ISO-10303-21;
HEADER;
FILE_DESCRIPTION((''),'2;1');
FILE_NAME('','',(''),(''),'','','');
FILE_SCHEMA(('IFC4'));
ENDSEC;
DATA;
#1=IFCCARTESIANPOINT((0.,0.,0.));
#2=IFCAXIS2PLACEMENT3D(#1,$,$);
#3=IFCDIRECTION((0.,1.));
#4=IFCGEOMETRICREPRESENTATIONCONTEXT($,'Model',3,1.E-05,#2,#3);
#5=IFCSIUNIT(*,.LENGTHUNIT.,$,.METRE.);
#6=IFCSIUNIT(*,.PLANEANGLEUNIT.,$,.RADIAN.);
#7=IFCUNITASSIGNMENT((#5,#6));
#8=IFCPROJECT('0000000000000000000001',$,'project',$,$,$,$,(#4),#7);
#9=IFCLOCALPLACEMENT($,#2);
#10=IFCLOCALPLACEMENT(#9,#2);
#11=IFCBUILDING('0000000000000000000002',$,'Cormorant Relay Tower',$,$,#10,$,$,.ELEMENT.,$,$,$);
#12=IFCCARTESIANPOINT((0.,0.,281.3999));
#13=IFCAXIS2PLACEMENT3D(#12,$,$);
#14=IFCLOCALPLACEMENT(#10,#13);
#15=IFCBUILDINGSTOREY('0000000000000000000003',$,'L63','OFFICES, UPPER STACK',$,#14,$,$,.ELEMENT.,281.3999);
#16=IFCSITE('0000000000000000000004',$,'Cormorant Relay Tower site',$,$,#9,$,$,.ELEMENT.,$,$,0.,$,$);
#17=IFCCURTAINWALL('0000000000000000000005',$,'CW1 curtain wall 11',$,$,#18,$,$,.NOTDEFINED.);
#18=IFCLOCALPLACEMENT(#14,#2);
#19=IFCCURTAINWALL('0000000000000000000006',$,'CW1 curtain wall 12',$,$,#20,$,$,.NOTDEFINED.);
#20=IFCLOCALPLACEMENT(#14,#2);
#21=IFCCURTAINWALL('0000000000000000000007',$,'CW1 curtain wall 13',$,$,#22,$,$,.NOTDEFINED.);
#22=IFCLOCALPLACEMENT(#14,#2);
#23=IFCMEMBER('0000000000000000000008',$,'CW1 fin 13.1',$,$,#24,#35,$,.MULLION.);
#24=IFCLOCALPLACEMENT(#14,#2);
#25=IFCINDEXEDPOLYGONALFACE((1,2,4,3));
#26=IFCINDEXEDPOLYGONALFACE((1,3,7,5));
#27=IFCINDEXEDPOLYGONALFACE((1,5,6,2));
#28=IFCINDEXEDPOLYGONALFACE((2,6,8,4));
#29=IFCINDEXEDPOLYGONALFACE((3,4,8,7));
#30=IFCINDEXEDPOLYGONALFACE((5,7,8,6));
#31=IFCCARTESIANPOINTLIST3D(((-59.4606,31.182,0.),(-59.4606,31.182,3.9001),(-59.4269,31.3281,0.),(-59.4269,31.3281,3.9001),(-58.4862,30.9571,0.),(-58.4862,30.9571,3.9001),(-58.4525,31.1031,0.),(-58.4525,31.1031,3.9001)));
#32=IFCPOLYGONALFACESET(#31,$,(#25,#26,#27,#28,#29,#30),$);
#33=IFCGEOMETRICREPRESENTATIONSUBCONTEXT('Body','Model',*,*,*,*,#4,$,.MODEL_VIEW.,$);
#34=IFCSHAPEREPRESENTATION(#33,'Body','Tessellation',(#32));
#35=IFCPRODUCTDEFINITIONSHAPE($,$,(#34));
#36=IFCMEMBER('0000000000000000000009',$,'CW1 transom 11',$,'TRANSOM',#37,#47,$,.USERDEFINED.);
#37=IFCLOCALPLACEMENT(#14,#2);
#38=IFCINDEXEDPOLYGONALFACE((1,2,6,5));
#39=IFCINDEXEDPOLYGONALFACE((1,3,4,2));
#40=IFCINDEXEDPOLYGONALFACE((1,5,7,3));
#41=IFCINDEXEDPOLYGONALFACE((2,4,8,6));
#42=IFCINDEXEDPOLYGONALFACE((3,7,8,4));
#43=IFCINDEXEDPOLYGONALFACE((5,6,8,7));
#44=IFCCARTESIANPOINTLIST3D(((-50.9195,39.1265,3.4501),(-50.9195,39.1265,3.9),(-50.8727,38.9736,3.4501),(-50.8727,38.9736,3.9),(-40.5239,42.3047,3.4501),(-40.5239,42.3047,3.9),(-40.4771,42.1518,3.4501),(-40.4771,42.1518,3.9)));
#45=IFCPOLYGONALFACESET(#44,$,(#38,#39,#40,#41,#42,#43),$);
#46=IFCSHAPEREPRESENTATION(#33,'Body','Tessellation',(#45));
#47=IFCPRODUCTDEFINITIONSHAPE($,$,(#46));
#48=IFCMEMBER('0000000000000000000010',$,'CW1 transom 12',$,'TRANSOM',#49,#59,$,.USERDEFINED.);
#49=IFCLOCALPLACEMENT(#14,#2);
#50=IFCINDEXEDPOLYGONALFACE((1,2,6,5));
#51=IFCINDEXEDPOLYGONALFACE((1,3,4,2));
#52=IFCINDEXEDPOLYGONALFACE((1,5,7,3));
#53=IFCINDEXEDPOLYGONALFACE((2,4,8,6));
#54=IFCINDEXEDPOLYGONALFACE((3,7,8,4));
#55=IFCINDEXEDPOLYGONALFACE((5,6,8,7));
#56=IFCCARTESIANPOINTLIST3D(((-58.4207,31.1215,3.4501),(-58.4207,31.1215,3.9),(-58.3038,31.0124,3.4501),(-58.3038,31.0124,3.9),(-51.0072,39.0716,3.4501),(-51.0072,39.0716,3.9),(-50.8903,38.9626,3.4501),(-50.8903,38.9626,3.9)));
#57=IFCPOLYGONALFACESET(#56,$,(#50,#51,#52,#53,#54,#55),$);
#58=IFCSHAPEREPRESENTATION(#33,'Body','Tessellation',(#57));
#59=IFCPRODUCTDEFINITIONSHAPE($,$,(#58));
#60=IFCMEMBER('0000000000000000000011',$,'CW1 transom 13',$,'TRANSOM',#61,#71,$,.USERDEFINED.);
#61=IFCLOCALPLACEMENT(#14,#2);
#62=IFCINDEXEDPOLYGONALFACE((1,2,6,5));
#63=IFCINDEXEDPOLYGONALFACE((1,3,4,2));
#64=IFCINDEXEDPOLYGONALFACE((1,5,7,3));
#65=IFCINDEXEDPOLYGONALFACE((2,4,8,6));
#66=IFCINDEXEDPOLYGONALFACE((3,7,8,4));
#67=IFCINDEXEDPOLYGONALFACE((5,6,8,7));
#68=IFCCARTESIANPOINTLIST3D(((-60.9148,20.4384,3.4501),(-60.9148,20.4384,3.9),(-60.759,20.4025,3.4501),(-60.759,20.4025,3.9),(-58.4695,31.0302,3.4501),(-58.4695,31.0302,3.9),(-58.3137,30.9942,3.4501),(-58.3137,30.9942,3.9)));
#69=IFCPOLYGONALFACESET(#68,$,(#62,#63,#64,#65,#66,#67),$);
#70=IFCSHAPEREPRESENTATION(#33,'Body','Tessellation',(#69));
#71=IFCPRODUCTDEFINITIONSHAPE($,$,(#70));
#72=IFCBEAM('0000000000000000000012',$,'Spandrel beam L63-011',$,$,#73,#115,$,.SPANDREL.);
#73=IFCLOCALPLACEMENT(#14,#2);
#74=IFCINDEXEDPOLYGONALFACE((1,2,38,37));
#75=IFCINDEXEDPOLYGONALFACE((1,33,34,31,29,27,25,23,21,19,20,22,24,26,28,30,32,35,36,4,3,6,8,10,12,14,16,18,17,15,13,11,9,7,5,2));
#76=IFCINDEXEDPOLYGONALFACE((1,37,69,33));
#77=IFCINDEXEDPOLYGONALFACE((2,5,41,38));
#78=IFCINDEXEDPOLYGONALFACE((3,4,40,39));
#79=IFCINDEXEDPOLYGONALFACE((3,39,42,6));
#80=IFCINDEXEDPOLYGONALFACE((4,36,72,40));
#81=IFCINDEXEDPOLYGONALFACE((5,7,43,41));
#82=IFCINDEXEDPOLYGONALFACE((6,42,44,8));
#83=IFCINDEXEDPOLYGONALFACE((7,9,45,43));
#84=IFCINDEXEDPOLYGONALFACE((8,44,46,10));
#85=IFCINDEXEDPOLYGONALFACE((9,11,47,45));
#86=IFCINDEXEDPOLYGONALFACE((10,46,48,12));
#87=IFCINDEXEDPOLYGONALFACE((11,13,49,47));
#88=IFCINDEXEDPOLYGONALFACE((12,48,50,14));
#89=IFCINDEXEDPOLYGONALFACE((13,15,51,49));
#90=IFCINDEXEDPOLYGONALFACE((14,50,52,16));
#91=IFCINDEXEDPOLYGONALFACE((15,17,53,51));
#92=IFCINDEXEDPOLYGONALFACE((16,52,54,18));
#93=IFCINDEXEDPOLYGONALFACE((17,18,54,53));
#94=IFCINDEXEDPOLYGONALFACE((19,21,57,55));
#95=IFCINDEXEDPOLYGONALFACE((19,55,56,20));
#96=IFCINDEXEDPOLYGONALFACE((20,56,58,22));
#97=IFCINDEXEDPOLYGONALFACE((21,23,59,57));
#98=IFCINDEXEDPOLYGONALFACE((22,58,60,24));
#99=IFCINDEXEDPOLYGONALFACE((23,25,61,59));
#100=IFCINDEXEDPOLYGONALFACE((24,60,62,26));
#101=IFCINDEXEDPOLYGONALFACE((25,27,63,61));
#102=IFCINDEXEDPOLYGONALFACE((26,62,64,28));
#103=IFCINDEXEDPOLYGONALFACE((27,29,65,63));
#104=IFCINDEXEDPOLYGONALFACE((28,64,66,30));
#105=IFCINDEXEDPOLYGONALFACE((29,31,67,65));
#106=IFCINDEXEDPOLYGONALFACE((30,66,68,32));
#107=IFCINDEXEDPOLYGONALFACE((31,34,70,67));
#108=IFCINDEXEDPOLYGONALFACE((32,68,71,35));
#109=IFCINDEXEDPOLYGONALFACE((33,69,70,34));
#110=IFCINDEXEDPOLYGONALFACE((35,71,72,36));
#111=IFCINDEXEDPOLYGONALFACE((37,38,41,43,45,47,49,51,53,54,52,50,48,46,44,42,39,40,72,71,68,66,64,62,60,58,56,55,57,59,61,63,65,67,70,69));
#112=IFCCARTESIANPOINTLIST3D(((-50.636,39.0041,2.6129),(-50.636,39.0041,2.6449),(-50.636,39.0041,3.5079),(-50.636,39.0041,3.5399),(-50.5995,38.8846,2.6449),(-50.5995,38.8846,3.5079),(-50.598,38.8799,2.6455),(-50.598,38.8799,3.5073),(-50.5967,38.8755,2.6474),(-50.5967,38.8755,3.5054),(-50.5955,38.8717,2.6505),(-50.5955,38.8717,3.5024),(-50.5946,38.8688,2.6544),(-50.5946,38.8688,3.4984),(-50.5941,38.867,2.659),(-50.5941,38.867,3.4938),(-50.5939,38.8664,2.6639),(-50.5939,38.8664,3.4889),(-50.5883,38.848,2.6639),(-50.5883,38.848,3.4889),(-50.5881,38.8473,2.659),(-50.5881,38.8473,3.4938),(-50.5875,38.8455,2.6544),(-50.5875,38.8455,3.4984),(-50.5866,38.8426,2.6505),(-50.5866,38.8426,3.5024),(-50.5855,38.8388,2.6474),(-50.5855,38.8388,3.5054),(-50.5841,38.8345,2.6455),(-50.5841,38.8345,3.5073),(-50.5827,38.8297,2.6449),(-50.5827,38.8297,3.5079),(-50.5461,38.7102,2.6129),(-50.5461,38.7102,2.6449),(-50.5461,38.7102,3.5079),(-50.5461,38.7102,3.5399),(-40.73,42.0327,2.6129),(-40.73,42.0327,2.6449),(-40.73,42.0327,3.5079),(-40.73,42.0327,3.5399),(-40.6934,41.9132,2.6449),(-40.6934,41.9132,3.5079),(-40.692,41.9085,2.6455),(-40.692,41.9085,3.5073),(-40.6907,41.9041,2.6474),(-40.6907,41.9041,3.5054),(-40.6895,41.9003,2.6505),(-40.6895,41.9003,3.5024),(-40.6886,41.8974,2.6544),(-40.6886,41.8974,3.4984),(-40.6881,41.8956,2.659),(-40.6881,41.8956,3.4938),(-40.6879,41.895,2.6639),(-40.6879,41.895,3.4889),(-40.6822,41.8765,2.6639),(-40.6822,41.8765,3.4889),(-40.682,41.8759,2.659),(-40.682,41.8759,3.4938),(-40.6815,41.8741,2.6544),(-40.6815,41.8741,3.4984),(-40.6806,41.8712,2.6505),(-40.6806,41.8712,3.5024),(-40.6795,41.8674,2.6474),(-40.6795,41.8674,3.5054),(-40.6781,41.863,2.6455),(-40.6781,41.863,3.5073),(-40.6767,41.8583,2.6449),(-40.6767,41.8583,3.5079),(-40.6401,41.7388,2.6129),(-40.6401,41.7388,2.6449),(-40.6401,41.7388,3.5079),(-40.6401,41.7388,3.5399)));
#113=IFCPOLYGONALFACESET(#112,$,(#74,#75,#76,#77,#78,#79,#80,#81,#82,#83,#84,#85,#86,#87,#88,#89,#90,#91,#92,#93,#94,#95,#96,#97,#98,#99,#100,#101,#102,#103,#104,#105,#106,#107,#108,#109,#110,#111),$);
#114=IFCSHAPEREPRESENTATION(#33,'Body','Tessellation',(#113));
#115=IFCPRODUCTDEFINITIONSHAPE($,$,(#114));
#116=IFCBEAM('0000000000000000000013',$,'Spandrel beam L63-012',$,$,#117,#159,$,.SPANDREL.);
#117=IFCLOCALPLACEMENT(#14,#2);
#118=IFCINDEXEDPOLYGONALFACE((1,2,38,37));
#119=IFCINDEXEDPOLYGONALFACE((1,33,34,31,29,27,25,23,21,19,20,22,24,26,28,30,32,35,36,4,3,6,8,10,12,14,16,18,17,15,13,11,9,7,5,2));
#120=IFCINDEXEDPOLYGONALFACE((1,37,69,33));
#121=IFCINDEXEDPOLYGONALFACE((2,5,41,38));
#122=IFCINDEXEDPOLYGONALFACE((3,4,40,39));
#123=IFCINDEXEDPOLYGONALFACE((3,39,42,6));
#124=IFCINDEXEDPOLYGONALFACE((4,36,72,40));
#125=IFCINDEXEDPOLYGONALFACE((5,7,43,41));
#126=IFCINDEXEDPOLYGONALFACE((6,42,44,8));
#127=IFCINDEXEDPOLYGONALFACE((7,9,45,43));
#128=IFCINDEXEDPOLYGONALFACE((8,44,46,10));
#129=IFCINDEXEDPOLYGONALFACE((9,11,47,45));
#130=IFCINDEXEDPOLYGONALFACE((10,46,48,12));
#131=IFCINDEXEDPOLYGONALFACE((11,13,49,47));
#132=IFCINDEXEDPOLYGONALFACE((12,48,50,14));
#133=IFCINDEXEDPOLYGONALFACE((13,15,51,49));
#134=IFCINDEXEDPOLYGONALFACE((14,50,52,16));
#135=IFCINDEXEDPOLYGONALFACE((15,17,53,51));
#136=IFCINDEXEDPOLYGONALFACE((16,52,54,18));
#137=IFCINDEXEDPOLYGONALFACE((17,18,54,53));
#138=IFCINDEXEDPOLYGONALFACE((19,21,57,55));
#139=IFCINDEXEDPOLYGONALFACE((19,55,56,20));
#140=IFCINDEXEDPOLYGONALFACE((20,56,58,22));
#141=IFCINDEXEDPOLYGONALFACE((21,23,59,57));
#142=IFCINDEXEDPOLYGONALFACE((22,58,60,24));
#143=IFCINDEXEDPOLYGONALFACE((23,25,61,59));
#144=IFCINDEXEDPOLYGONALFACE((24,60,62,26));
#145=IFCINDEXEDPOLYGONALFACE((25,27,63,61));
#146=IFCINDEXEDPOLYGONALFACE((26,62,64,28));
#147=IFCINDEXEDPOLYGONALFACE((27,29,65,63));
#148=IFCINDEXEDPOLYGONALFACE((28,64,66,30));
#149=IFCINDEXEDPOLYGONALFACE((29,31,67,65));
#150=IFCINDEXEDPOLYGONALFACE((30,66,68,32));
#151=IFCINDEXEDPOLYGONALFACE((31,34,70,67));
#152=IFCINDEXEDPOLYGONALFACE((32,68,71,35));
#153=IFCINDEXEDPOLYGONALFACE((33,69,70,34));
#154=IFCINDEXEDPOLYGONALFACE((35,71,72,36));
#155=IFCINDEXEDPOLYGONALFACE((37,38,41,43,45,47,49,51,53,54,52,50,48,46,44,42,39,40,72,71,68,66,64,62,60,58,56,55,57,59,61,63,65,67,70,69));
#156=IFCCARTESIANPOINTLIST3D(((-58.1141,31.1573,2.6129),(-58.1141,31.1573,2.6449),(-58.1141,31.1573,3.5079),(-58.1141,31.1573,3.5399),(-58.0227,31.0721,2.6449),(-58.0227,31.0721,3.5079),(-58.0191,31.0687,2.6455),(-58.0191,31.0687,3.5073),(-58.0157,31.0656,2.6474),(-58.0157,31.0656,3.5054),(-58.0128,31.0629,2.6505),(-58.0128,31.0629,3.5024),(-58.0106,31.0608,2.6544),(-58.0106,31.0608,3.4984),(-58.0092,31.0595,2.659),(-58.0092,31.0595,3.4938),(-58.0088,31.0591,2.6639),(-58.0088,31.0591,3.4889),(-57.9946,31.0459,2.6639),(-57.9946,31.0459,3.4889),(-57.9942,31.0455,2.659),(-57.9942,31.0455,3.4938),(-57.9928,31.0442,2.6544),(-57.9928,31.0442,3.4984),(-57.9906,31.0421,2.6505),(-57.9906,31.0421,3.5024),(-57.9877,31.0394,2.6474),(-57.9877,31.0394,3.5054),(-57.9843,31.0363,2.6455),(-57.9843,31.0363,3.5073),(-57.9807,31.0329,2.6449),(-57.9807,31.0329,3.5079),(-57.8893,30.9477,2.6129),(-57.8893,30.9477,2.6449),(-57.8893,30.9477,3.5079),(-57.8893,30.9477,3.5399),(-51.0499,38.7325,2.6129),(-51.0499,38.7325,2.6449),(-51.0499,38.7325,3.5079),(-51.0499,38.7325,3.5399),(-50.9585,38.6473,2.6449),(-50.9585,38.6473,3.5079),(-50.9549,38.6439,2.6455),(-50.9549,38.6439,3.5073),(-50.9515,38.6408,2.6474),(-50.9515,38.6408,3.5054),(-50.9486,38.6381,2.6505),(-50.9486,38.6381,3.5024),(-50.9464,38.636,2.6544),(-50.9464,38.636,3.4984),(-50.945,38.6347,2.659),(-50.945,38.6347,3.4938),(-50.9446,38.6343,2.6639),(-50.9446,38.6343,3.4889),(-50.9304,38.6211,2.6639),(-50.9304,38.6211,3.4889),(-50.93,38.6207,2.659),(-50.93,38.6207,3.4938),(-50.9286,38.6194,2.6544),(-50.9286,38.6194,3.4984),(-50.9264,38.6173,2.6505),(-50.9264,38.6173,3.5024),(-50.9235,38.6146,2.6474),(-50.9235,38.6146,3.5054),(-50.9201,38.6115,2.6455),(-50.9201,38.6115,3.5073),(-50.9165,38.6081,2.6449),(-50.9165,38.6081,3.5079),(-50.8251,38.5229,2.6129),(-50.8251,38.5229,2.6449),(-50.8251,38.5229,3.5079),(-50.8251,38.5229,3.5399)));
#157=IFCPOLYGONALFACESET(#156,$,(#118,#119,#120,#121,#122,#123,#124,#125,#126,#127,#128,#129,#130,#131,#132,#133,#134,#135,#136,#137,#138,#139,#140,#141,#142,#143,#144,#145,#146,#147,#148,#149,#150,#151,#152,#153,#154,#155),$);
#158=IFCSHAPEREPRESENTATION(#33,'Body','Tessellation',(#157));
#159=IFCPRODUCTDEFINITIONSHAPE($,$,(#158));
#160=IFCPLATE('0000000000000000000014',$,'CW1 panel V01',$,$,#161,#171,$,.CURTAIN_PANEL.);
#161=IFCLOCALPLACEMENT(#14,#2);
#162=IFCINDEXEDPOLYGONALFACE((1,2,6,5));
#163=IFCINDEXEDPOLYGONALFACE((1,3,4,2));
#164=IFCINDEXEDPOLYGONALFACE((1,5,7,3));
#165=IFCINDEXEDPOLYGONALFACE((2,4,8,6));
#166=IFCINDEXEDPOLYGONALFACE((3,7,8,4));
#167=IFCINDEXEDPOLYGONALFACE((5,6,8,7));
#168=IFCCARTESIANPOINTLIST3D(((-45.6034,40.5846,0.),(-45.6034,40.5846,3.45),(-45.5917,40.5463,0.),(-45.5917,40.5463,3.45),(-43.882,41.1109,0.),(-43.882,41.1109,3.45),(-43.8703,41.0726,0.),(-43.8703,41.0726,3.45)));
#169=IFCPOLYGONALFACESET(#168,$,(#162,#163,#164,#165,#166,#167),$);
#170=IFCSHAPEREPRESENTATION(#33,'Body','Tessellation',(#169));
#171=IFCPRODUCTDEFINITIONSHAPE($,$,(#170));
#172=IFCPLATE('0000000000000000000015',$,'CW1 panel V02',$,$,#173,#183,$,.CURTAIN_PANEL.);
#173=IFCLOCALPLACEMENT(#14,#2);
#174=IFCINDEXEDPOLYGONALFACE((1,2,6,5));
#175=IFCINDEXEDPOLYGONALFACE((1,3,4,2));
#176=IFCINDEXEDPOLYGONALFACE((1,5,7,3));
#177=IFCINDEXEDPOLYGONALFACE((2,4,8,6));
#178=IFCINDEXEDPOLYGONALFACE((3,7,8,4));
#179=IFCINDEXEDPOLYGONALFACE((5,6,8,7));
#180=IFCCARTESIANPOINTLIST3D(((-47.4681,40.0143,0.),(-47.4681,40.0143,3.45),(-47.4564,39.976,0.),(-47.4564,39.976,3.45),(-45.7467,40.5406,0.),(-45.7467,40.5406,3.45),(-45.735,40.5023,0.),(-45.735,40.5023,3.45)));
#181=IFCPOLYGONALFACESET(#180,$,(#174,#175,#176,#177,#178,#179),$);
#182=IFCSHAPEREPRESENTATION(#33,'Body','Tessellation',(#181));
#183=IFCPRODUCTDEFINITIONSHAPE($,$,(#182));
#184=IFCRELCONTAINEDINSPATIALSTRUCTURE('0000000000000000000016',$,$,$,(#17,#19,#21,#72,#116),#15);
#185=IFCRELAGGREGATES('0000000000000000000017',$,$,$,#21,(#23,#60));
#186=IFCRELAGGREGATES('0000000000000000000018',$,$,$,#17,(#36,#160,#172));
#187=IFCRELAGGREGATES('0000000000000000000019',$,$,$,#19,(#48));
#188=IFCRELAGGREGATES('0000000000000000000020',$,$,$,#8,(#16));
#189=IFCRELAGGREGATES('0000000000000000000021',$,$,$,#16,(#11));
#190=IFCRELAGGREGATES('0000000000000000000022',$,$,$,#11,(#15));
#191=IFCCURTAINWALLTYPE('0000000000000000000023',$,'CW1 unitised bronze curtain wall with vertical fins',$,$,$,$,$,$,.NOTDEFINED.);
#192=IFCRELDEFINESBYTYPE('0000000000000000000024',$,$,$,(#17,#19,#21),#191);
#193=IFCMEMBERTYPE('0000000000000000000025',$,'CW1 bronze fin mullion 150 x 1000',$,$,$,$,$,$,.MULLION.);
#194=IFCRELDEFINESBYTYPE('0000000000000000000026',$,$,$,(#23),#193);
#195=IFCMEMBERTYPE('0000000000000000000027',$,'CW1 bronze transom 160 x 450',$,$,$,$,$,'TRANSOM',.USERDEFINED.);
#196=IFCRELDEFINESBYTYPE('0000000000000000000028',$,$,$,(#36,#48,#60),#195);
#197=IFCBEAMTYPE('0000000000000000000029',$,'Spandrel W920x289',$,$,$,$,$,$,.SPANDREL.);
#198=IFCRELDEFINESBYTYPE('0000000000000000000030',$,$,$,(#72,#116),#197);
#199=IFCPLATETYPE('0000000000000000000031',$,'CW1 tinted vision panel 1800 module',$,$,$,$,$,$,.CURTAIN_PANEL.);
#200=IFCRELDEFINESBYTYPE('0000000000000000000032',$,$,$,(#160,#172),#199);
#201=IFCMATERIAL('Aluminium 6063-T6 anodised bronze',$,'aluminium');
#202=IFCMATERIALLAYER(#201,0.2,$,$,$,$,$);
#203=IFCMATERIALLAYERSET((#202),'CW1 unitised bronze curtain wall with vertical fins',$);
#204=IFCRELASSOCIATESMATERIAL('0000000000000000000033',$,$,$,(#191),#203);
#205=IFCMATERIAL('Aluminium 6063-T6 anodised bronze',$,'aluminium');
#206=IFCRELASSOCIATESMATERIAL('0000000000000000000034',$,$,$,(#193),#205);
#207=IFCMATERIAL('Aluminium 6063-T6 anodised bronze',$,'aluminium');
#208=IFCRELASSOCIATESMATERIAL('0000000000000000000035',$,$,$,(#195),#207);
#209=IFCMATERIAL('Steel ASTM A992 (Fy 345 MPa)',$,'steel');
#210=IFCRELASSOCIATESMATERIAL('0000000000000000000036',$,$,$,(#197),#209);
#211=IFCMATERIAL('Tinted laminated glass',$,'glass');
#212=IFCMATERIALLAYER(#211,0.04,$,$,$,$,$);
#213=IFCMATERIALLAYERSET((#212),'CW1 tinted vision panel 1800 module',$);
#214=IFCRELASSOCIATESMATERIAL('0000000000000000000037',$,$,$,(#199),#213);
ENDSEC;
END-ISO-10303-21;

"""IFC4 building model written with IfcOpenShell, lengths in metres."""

from ifc_helpers import new_model, si_unit, direction, frame, origin, origin_2d, place, context, subcontext, project, spatial, rectangle, i_section, extrude, material, layer, layer_set, material_profile, profile_set, type_object, element, aggregate, save


model = new_model("IFC4")

# Units and contexts
model_context = context("Model", 3, precision=1e-05, world=origin(), true_north=direction((0.0, 1.0)))
body_context = subcontext(model_context, "Body", "Model", "MODEL_VIEW")
ifc_project = project(units=[si_unit("LENGTHUNIT", "METRE"), si_unit("PLANEANGLEUNIT", "RADIAN")], contexts=[model_context])

# Site, building, storey
site_placement = place(None, origin())
site = spatial("IfcSite", under=ifc_project, at=site_placement, Name="Cormorant Relay Tower site", CompositionType="ELEMENT", RefElevation=0.0)
building_placement = place(site_placement, origin())
building = spatial("IfcBuilding", under=site, at=building_placement, Name="Cormorant Relay Tower", CompositionType="ELEMENT")
storey_placement = place(building_placement, frame((0.0, 0.0, 281.3999)))
storey = spatial("IfcBuildingStorey", under=building, at=storey_placement, Name="L63", Description="OFFICES, UPPER STACK", CompositionType="ELEMENT", Elevation=281.3999)

# Curtain walls
ifc_material_1 = material(Name="Aluminium 6063-T6 anodised bronze", Category="aluminium")
ifc_layer_1 = layer(ifc_material_1, 0.2)
ifc_layer_set_1 = layer_set([ifc_layer_1], Name="CW1 unitised bronze curtain wall with vertical fins")
curtain_wall_type = type_object("IfcCurtainWallType", Name="CW1 unitised bronze curtain wall with vertical fins", PredefinedType="NOTDEFINED", material=ifc_layer_set_1)
curtain_wall_1_placement = place(storey_placement, origin())
curtain_wall_1 = element("IfcCurtainWall", 1, at=curtain_wall_1_placement, inside=storey, type_object=curtain_wall_type, Name="CW1 curtain wall 11", PredefinedType="NOTDEFINED")
ifc_material_2 = material(Name="Aluminium 6063-T6 anodised bronze", Category="aluminium")
ifc_material_profile_1 = material_profile(ifc_material_2, rectangle(XDim=0.1499, YDim=1.0, at=origin_2d()), Name="AL 150x1000")
ifc_profile_set_1 = profile_set([ifc_material_profile_1], Name="Aluminium 6063-T6 anodised bronze")
member_type_1 = type_object("IfcMemberType", Name="CW1 bronze fin mullion 150 x 1000", PredefinedType="MULLION", material=ifc_profile_set_1)
curtain_wall_2_placement = place(storey_placement, origin())
curtain_wall_2 = element("IfcCurtainWall", 2, at=curtain_wall_2_placement, inside=storey, type_object=curtain_wall_type, Name="CW1 curtain wall 12", PredefinedType="NOTDEFINED")

# Curtain wall, member
curtain_wall_3_placement = place(storey_placement, origin())
curtain_wall_3 = element("IfcCurtainWall", 3, at=curtain_wall_3_placement, inside=storey, type_object=curtain_wall_type, Name="CW1 curtain wall 13", PredefinedType="NOTDEFINED")
member_1_placement = place(storey_placement, frame((-58.9565, 31.1426, 0.0), z_axis=(0.0, 0.0, 1.0), x_axis=(-0.224951, -0.97437, 0.0)))
member_1 = element("IfcMember", 4, at=member_1_placement, type_object=member_type_1, Name="CW1 fin 13.1", PredefinedType="MULLION", context=body_context, shape_type="SweptSolid", body=[
    extrude(rectangle(XDim=0.1499, YDim=1.0, at=origin_2d()), origin(), (0.0, 0.0, 1.0), 3.9001),
])

# Members
ifc_material_3 = material(Name="Aluminium 6063-T6 anodised bronze", Category="aluminium")
ifc_material_profile_2 = material_profile(ifc_material_3, rectangle(XDim=0.1599, YDim=0.45, at=origin_2d()), Name="AL 160x450")
ifc_profile_set_2 = profile_set([ifc_material_profile_2], Name="Aluminium 6063-T6 anodised bronze")
member_type_2 = type_object("IfcMemberType", Name="CW1 bronze transom 160 x 450", ElementType="TRANSOM", PredefinedType="USERDEFINED", material=ifc_profile_set_2)
member_2_placement = place(storey_placement, frame((-40.5005, 42.2283, 3.675), z_axis=(-0.956305, -0.292371, 0.0), x_axis=(0.292371, -0.956305, 0.0)))
member_2 = element("IfcMember", 5, at=member_2_placement, type_object=member_type_2, Name="CW1 transom 11", ObjectType="TRANSOM", PredefinedType="USERDEFINED", context=body_context, shape_type="SweptSolid", body=[
    extrude(rectangle(XDim=0.1599, YDim=0.45, at=origin_2d()), origin(), (0.0, 0.0, 1.0), 10.8706),
])
member_3_placement = place(storey_placement, frame((-50.9487, 39.0171, 3.675), z_axis=(-0.681993, -0.731358, 0.0), x_axis=(0.731358, -0.681993, 0.0)))
member_3 = element("IfcMember", 6, at=member_3_placement, type_object=member_type_2, Name="CW1 transom 12", ObjectType="TRANSOM", PredefinedType="USERDEFINED", context=body_context, shape_type="SweptSolid", body=[
    extrude(rectangle(XDim=0.1599, YDim=0.45, at=origin_2d()), origin(), (0.0, 0.0, 1.0), 10.8704),
])
member_4_placement = place(storey_placement, frame((-58.3916, 31.0122, 3.675), z_axis=(-0.224951, -0.97437, 0.0), x_axis=(0.97437, -0.224951, 0.0)))
member_4 = element("IfcMember", 7, at=member_4_placement, type_object=member_type_2, Name="CW1 transom 13", ObjectType="TRANSOM", PredefinedType="USERDEFINED", context=body_context, shape_type="SweptSolid", body=[
    extrude(rectangle(XDim=0.1599, YDim=0.45, at=origin_2d()), origin(), (0.0, 0.0, 1.0), 10.8704),
])
aggregate(curtain_wall_3, [member_1, member_4])

# Beams
ifc_material_4 = material(Name="Steel ASTM A992 (Fy 345 MPa)", Category="steel")
ifc_material_profile_3 = material_profile(ifc_material_4, i_section(OverallWidth=0.3074, OverallDepth=0.927, WebThickness=0.0193, FlangeThickness=0.032, FilletRadius=0.019, at=origin_2d()), Name="W920x289")
ifc_profile_set_3 = profile_set([ifc_material_profile_3], Name="Steel ASTM A992 (Fy 345 MPa)")
beam_type = type_object("IfcBeamType", Name="Spandrel W920x289", PredefinedType="SPANDREL", material=ifc_profile_set_3)
beam_1_placement = place(storey_placement, frame((-40.6851, 41.8857, 3.0764), z_axis=(-0.956305, -0.292371, 0.0), x_axis=(0.292371, -0.956305, 0.0)))
element("IfcBeam", 8, at=beam_1_placement, inside=storey, type_object=beam_type, Name="Spandrel beam L63-011", PredefinedType="SPANDREL", context=body_context, shape_type="SweptSolid", body=[
    extrude(i_section(OverallWidth=0.3074, OverallDepth=0.927, WebThickness=0.0193, FlangeThickness=0.032, FilletRadius=0.019, at=origin_2d()), origin(), (0.0, 0.0, 1.0), 10.3586),
])
beam_2_placement = place(storey_placement, frame((-50.9375, 38.6277, 3.0764), z_axis=(-0.68201, -0.731343, 0.0), x_axis=(0.731343, -0.68201, 0.0)))
element("IfcBeam", 9, at=beam_2_placement, inside=storey, type_object=beam_type, Name="Spandrel beam L63-012", PredefinedType="SPANDREL", context=body_context, shape_type="SweptSolid", body=[
    extrude(i_section(OverallWidth=0.3074, OverallDepth=0.927, WebThickness=0.0193, FlangeThickness=0.032, FilletRadius=0.019, at=origin_2d()), origin(), (0.0, 0.0, 1.0), 10.3579),
])

# Plates
ifc_material_5 = material(Name="Tinted laminated glass", Category="glass")
ifc_layer_2 = layer(ifc_material_5, 0.04)
ifc_layer_set_2 = layer_set([ifc_layer_2], Name="CW1 tinted vision panel 1800 module")
plate_type_1 = type_object("IfcPlateType", Name="CW1 tinted vision panel 1800 module", PredefinedType="CURTAIN_PANEL", material=ifc_layer_set_2)
plate_1_placement = place(storey_placement, frame((-44.7368, 40.8286, 0.0), z_axis=(0.0, 0.0, 1.0), x_axis=(-0.956305, -0.292372, 0.0)))
plate_1 = element("IfcPlate", 10, at=plate_1_placement, type_object=plate_type_1, Name="CW1 panel V01", PredefinedType="CURTAIN_PANEL", context=body_context, shape_type="SweptSolid", body=[
    extrude(rectangle(XDim=1.8, YDim=0.04, at=origin_2d()), origin(), (0.0, 0.0, 1.0), 3.45),
])
plate_2_placement = place(storey_placement, frame((-46.6016, 40.2583, 0.0), z_axis=(0.0, 0.0, 1.0), x_axis=(-0.956305, -0.292372, 0.0)))
plate_2 = element("IfcPlate", 11, at=plate_2_placement, type_object=plate_type_1, Name="CW1 panel V02", PredefinedType="CURTAIN_PANEL", context=body_context, shape_type="SweptSolid", body=[
    extrude(rectangle(XDim=1.8, YDim=0.04, at=origin_2d()), origin(), (0.0, 0.0, 1.0), 3.45),
])

aggregate(curtain_wall_1, [member_2, plate_1, plate_2])
aggregate(curtain_wall_2, [member_3])

save(model, "model.ifc")
